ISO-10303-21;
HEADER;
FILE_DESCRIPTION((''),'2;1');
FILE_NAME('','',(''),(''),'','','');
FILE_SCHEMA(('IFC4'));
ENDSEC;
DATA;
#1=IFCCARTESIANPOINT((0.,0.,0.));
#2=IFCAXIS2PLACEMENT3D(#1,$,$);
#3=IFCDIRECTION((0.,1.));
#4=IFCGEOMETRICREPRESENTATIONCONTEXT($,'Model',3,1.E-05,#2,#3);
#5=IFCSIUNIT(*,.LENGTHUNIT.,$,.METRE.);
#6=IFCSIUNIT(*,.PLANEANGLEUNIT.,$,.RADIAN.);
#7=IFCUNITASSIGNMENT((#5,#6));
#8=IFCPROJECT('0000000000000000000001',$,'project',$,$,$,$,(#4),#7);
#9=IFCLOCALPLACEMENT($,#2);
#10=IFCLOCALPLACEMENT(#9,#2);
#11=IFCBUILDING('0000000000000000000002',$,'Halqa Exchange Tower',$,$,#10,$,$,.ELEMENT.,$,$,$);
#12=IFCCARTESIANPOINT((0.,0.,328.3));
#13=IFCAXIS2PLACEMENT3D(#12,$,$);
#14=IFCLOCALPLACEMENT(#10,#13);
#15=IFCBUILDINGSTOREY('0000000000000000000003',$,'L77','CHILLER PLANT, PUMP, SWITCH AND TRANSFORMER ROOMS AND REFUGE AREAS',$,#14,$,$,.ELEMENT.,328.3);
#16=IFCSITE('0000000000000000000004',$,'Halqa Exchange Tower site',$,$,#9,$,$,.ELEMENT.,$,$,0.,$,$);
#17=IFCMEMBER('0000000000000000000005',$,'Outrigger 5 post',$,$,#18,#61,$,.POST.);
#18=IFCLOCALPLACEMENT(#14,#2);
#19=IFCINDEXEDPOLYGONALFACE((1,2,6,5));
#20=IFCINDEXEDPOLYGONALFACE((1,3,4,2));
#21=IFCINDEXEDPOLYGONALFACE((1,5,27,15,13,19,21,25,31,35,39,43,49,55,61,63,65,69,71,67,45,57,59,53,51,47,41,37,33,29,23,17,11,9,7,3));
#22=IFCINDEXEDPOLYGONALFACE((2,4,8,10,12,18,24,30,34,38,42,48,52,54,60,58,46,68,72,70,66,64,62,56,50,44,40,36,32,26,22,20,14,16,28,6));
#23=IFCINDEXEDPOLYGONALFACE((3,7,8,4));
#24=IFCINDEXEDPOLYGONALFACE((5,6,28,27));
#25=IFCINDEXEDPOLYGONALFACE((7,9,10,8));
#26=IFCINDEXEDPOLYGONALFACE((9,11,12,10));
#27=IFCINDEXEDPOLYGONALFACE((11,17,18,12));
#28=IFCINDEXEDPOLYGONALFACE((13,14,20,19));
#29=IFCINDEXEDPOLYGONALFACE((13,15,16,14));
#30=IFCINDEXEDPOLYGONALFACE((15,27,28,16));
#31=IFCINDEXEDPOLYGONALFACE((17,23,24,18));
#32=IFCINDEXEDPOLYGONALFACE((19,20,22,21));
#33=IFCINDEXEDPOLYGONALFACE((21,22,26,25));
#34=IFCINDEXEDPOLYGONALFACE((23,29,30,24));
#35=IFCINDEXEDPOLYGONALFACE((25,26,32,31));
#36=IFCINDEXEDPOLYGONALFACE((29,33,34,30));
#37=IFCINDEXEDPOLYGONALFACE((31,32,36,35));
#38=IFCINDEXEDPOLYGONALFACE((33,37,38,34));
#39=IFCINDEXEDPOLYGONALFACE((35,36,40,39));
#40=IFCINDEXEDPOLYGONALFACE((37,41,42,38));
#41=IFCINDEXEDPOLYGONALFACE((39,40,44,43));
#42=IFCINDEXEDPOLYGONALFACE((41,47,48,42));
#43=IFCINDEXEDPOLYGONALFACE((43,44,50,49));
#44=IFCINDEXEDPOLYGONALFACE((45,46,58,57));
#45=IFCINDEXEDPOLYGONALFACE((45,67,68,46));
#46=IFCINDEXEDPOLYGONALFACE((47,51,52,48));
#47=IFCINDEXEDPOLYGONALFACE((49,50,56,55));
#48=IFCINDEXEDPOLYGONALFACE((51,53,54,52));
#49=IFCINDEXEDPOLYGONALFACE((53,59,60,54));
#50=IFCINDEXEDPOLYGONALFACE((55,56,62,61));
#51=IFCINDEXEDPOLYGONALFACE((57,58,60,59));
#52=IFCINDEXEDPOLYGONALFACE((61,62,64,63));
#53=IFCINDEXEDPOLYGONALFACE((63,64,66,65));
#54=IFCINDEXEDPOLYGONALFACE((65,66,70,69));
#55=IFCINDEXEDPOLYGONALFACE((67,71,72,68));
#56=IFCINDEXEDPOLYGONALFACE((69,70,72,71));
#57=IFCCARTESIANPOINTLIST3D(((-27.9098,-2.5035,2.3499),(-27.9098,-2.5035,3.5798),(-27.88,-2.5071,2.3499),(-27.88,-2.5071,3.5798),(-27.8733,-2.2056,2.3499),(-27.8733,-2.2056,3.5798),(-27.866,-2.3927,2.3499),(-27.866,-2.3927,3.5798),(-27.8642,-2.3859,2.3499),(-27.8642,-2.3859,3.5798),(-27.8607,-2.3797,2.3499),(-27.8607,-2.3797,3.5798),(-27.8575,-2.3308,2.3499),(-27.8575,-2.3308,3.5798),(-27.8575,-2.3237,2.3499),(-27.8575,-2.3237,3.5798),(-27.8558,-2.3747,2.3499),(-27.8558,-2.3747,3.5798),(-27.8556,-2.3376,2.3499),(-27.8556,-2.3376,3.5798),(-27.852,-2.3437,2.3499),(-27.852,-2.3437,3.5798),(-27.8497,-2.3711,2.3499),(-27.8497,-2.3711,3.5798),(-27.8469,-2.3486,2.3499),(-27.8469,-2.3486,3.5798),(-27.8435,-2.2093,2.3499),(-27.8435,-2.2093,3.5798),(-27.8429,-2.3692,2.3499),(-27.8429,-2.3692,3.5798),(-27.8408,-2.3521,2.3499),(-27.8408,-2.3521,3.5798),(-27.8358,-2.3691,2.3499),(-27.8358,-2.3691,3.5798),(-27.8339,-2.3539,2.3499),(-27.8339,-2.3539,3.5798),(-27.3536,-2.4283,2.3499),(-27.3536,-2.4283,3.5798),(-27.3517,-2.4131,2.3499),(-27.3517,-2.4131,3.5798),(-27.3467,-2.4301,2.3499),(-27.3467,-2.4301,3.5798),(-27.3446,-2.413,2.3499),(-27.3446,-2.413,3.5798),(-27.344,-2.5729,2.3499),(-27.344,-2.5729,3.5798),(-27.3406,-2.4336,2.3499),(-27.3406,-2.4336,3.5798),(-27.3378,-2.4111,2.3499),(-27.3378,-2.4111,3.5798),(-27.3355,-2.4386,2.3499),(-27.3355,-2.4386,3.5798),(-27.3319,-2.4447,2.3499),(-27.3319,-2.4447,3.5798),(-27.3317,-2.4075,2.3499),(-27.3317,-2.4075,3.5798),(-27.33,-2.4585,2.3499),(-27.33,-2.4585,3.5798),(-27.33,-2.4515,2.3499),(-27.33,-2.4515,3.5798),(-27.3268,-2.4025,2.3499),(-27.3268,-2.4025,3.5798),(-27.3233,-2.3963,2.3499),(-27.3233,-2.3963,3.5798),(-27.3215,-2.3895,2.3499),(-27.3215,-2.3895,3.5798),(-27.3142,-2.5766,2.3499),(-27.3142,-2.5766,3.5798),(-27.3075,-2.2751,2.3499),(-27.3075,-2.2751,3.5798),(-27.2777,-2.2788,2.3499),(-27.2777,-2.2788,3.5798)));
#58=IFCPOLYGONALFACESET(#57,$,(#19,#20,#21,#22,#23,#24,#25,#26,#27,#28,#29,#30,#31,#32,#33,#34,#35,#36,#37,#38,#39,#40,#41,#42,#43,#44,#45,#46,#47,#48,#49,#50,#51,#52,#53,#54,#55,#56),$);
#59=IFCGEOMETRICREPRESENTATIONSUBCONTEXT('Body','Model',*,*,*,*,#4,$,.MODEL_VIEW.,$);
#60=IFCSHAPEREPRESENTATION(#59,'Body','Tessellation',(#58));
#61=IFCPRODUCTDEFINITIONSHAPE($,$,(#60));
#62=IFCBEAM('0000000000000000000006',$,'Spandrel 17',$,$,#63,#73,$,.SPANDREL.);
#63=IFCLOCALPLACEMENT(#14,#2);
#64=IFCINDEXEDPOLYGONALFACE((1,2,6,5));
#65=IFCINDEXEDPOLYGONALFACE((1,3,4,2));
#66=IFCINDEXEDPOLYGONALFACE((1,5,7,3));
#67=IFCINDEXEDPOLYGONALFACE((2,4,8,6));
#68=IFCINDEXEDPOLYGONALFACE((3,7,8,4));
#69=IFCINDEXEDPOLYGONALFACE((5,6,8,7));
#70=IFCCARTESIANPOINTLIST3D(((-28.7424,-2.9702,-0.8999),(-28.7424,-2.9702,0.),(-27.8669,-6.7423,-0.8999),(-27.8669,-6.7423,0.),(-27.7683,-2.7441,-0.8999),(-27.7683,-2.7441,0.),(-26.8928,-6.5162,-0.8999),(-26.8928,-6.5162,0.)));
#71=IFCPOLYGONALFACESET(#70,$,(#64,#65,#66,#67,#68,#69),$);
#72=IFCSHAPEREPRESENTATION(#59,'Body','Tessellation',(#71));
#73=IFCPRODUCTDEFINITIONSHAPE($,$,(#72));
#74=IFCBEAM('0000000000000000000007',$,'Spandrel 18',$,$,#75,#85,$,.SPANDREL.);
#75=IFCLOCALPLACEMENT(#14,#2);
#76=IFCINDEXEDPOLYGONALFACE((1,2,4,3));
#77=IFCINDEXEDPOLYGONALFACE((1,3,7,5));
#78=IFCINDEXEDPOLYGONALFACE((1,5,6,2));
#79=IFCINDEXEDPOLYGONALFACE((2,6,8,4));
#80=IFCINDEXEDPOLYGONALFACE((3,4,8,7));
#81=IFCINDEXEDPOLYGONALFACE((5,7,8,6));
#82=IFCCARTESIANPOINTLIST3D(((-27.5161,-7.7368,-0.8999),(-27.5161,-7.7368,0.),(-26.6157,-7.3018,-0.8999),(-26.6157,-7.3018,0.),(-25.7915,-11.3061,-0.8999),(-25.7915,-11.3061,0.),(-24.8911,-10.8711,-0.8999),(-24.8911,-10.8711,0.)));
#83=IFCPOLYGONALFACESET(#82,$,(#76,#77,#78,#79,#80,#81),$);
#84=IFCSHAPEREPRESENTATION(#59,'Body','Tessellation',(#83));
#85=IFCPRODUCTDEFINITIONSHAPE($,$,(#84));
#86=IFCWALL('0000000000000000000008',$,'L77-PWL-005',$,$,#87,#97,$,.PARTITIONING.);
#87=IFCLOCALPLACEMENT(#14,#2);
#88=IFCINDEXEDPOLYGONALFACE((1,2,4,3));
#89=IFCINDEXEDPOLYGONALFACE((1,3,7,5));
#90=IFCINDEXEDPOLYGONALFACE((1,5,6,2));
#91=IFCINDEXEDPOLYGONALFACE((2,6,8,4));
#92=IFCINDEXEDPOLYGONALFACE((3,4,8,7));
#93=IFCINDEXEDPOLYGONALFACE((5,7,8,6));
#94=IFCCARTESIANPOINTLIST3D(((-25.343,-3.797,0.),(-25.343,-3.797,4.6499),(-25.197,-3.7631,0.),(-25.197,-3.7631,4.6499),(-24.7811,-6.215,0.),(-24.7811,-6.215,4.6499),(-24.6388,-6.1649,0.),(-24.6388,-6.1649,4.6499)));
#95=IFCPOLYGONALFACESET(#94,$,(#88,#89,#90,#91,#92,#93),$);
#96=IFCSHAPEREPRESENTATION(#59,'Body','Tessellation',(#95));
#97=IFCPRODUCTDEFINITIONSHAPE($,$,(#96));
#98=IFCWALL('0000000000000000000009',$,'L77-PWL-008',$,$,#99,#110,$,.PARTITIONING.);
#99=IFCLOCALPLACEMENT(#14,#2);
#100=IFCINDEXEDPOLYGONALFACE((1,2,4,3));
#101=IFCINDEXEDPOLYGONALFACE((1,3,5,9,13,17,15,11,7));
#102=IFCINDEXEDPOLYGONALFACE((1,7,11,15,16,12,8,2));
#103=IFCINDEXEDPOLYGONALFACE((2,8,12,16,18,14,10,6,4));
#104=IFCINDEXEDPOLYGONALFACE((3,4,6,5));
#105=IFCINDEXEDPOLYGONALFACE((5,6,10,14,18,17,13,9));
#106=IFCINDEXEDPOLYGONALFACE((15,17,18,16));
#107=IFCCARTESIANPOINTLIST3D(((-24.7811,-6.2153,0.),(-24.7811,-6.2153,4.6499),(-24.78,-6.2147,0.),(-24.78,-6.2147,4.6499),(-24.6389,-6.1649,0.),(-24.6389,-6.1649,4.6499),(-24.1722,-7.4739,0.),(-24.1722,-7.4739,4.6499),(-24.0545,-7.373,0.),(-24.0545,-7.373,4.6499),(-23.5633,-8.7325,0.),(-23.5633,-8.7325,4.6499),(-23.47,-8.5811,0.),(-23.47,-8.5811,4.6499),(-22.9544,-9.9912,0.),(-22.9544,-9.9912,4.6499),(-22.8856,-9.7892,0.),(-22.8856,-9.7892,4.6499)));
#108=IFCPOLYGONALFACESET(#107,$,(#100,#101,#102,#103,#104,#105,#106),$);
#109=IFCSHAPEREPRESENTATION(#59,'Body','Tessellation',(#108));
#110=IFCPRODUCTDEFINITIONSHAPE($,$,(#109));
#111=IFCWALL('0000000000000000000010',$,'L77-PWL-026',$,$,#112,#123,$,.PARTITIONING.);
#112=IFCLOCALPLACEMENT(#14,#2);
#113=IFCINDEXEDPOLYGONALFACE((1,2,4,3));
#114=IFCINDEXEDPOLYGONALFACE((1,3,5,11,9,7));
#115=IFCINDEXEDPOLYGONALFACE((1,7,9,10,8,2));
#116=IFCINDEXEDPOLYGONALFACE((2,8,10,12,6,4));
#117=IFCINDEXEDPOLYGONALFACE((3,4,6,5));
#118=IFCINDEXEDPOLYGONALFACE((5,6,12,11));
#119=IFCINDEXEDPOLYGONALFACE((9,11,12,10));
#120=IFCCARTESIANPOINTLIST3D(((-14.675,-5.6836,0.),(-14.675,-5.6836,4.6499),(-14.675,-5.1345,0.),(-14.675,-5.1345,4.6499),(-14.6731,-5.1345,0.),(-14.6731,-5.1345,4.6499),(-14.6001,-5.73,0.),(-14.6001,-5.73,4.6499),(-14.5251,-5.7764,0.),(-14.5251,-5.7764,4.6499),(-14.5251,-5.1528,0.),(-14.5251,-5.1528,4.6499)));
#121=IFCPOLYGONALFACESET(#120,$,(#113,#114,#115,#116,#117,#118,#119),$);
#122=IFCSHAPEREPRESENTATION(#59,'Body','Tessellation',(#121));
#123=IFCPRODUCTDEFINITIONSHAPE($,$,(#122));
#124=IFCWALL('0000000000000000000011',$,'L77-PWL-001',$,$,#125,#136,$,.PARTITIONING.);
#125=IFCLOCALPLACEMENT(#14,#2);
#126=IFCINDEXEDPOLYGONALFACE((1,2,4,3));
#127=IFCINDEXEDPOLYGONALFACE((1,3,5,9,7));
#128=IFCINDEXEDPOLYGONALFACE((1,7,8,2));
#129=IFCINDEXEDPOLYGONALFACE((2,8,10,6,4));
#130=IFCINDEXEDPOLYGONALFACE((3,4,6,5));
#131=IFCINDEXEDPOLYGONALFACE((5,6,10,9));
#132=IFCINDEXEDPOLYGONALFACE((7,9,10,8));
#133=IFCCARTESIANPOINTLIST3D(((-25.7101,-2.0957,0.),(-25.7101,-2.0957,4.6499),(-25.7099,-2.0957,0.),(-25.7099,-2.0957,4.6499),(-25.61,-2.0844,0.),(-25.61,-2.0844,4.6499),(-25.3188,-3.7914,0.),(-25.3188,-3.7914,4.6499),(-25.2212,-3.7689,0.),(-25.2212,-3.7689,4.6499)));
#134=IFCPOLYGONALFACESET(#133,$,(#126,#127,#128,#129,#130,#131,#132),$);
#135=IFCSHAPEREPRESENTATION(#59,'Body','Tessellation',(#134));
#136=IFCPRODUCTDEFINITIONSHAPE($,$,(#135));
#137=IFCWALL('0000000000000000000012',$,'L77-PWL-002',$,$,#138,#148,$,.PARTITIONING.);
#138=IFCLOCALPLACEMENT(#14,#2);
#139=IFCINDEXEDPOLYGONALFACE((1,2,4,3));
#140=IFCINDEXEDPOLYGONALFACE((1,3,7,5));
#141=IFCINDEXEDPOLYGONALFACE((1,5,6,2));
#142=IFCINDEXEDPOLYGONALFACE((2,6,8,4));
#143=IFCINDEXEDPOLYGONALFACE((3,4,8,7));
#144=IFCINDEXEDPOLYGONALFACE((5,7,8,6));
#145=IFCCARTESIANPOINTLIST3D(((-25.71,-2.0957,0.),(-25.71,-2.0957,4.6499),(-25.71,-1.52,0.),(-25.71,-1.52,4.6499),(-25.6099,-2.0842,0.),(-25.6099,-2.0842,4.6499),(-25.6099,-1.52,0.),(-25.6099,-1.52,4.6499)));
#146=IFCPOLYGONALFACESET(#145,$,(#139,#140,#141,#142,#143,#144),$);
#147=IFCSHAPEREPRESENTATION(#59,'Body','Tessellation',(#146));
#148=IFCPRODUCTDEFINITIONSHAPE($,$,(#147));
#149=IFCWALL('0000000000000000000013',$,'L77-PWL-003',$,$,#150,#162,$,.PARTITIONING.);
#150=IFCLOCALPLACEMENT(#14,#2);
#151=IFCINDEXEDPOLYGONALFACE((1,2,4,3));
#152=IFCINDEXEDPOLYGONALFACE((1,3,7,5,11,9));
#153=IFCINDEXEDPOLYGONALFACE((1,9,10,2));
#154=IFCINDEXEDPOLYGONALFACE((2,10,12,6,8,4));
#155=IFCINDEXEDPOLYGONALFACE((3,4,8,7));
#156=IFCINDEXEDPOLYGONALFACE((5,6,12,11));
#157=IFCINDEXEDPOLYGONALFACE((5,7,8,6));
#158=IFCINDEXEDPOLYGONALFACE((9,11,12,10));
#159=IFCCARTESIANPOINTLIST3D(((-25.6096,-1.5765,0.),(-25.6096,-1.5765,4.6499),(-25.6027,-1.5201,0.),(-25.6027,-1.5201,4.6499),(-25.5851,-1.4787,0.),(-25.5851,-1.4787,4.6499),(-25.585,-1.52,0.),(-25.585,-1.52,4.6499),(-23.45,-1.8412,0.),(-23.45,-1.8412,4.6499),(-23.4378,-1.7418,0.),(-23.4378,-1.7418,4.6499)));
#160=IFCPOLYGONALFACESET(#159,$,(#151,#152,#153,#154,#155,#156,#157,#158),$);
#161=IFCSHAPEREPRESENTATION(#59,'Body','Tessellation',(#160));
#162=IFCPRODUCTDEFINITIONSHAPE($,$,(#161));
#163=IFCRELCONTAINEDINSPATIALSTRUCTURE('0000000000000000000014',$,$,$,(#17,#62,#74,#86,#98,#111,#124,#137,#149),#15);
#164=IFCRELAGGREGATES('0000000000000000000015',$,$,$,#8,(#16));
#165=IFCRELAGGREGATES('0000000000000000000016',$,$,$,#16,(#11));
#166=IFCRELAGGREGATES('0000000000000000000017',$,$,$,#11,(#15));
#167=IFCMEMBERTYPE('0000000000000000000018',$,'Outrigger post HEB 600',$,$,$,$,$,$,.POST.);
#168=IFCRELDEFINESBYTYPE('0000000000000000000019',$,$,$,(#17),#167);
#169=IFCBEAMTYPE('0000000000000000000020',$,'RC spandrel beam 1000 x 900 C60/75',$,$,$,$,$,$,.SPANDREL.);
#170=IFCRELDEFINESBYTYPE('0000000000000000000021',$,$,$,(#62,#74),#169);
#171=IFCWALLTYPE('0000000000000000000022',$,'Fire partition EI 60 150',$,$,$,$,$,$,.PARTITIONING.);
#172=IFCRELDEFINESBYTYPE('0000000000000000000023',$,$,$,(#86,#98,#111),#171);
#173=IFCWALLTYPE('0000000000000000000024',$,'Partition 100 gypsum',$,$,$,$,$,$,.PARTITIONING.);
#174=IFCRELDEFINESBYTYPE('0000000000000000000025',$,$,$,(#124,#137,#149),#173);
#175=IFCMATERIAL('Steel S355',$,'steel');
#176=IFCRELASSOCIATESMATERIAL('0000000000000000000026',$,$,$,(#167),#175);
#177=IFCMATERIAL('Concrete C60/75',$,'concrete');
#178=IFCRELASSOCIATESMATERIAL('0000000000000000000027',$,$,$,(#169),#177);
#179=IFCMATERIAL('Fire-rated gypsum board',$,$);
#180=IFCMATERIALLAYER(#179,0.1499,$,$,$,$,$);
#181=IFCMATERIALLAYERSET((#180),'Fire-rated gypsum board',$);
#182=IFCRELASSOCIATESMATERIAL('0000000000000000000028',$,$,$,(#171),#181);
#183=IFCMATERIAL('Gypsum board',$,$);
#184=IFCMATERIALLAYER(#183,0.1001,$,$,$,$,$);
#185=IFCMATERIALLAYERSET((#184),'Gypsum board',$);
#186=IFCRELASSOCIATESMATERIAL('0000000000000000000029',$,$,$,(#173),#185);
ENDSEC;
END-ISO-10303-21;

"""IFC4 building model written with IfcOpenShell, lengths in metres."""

from ifc_helpers import new_model, si_unit, direction, frame, origin, origin_2d, place, context, subcontext, project, spatial, polyline, rectangle, i_section, outline, extrude, material, layer, layer_set, material_profile, profile_set, type_object, element, save


model = new_model("IFC4")

# Units and contexts
model_context = context("Model", 3, precision=1e-05, world=origin(), true_north=direction((0.0, 1.0)))
body_context = subcontext(model_context, "Body", "Model", "MODEL_VIEW")
ifc_project = project(units=[si_unit("LENGTHUNIT", "METRE"), si_unit("PLANEANGLEUNIT", "RADIAN")], contexts=[model_context])

# Site, building, storey
site_placement = place(None, origin())
site = spatial("IfcSite", under=ifc_project, at=site_placement, Name="Halqa Exchange Tower site", CompositionType="ELEMENT", RefElevation=0.0)
building_placement = place(site_placement, origin())
building = spatial("IfcBuilding", under=site, at=building_placement, Name="Halqa Exchange Tower", CompositionType="ELEMENT")
storey_placement = place(building_placement, frame((0.0, 0.0, 328.3)))
storey = spatial("IfcBuildingStorey", under=building, at=storey_placement, Name="L77", Description="CHILLER PLANT, PUMP, SWITCH AND TRANSFORMER ROOMS AND REFUGE AREAS", CompositionType="ELEMENT", Elevation=328.3)

# Member
ifc_material_1 = material(Name="Steel S355", Category="steel")
ifc_material_profile_1 = material_profile(ifc_material_1, i_section(OverallWidth=0.3, OverallDepth=0.6001, WebThickness=0.0154, FlangeThickness=0.03, FilletRadius=0.0271, at=origin_2d()), Name="HEB 600")
ifc_profile_set_1 = profile_set([ifc_material_profile_1], Name="Steel S355")
member_type_1 = type_object("IfcMemberType", Name="Outrigger post HEB 600", PredefinedType="POST", material=ifc_profile_set_1)
member_1_placement = place(storey_placement, frame((-27.5938, -2.3911, 2.3499), z_axis=(0.0, 0.0, 1.0), x_axis=(-0.121852, -0.992548, 0.0)))
element("IfcMember", 1, at=member_1_placement, inside=storey, type_object=member_type_1, Name="Outrigger 5 post", PredefinedType="POST", context=body_context, shape_type="SweptSolid", body=[
    extrude(i_section(OverallWidth=0.3, OverallDepth=0.6001, WebThickness=0.0154, FlangeThickness=0.03, FilletRadius=0.0271, at=origin_2d()), origin(), (0.0, 0.0, 1.0), 1.23),
])

# Beams
ifc_material_2 = material(Name="Concrete C60/75", Category="concrete")
ifc_material_profile_2 = material_profile(ifc_material_2, rectangle(XDim=1.0, YDim=0.8999, at=origin_2d()), Name="1000 x 900")
ifc_profile_set_2 = profile_set([ifc_material_profile_2], Name="Concrete C60/75")
beam_type = type_object("IfcBeamType", Name="RC spandrel beam 1000 x 900 C60/75", PredefinedType="SPANDREL", material=ifc_profile_set_2)
beam_1_placement = place(storey_placement, frame((-28.2554, -2.8572, -0.45), z_axis=(0.226093, -0.974106, 0.0), x_axis=(0.974106, 0.226093, 0.0)))
element("IfcBeam", 2, at=beam_1_placement, inside=storey, type_object=beam_type, Name="Spandrel 17", PredefinedType="SPANDREL", context=body_context, shape_type="SweptSolid", body=[
    extrude(rectangle(XDim=1.0, YDim=0.8999, at=origin_2d()), origin(), (0.0, 0.0, 1.0), 3.8723),
])
beam_2_placement = place(storey_placement, frame((-27.0659, -7.5193, -0.45), z_axis=(0.435052, -0.900405, 0.0), x_axis=(0.900405, 0.435052, 0.0)))
element("IfcBeam", 3, at=beam_2_placement, inside=storey, type_object=beam_type, Name="Spandrel 18", PredefinedType="SPANDREL", context=body_context, shape_type="SweptSolid", body=[
    extrude(rectangle(XDim=1.0, YDim=0.8999, at=origin_2d()), origin(), (0.0, 0.0, 1.0), 3.9641),
])

# Walls
ifc_material_3 = material(Name="Fire-rated gypsum board")
ifc_layer_1 = layer(ifc_material_3, 0.1499)
ifc_layer_set_1 = layer_set([ifc_layer_1], Name="Fire-rated gypsum board")
wall_type_1 = type_object("IfcWallType", Name="Fire partition EI 60 150", PredefinedType="PARTITIONING", material=ifc_layer_set_1)
wall_1_placement = place(storey_placement, frame((-25.27, -3.78, 0.0), z_axis=(0.0, 0.0, 1.0), x_axis=(0.226375, -0.97404, 0.0)))
element("IfcWall", 4, at=wall_1_placement, inside=storey, type_object=wall_type_1, Name="L77-PWL-005", PredefinedType="PARTITIONING", context=body_context, shape_type="SweptSolid", body=[
    extrude(outline(polyline([(0.0, -0.075), (2.4824, -0.075), (2.4658, 0.075), (0.0, 0.075), (0.0, -0.075)])), origin(), (0.0, 0.0, 1.0), 4.6499),
])
wall_2_placement = place(storey_placement, frame((-24.7136, -6.1826, 0.0), z_axis=(0.0, 0.0, 1.0), x_axis=(0.435488, -0.900195, 0.0)))
element("IfcWall", 5, at=wall_2_placement, inside=storey, type_object=wall_type_1, Name="L77-PWL-008", PredefinedType="PARTITIONING", context=body_context, shape_type="SweptSolid", body=[
    extrude(outline(polyline([(0.0, -0.075), (1.3982, -0.075), (2.7964, -0.075), (4.1946, -0.075), (4.0427, 0.075), (2.7007, 0.075), (1.3586, 0.075), (0.0166, 0.075), (0.0, -0.0737), (0.0, -0.075)])), origin(), (0.0, 0.0, 1.0), 4.6499),
])

# Walls
wall_3_placement = place(storey_placement, frame((-14.6001, -5.7764, 0.0), z_axis=(0.0, 0.0, 1.0), x_axis=(0.0, 1.0, 0.0)))
element("IfcWall", 6, at=wall_3_placement, inside=storey, type_object=wall_type_1, Name="L77-PWL-026", PredefinedType="PARTITIONING", context=body_context, shape_type="SweptSolid", body=[
    extrude(outline(polyline([(0.0, -0.075), (0.6235, -0.075), (0.6418, 0.073), (0.6418, 0.075), (0.0928, 0.075), (0.0928, 0.075), (0.0928, 0.075), (0.0464, 0.0), (0.0, -0.075)])), origin(), (0.0, 0.0, 1.0), 4.6499),
])
ifc_material_4 = material(Name="Gypsum board")
ifc_layer_2 = layer(ifc_material_4, 0.1001)
ifc_layer_set_2 = layer_set([ifc_layer_2], Name="Gypsum board")
wall_type_2 = type_object("IfcWallType", Name="Partition 100 gypsum", PredefinedType="PARTITIONING", material=ifc_layer_set_2)
wall_4_placement = place(storey_placement, frame((-25.6614, -2.0845, 0.0), z_axis=(0.0, 0.0, 1.0), x_axis=(0.2249, -0.974382, 0.0)))
element("IfcWall", 7, at=wall_4_placement, inside=storey, type_object=wall_type_2, Name="L77-PWL-001", PredefinedType="PARTITIONING", context=body_context, shape_type="SweptSolid", body=[
    extrude(outline(polyline([(1.7402, 0.05), (0.0115, 0.05), (0.0, -0.0498), (0.0, -0.05), (1.7402, -0.05), (1.7402, 0.05)])), origin(), (0.0, 0.0, 1.0), 4.6499),
])
wall_5_placement = place(storey_placement, frame((-25.6599, -1.52, 0.0), z_axis=(0.0, 0.0, 1.0), x_axis=(0.0, -1.0, 0.0)))
element("IfcWall", 8, at=wall_5_placement, inside=storey, type_object=wall_type_2, Name="L77-PWL-002", PredefinedType="PARTITIONING", context=body_context, shape_type="SweptSolid", body=[
    extrude(outline(polyline([(0.0, -0.05), (0.5757, -0.05), (0.5642, 0.05), (0.0, 0.05), (0.0, -0.05)])), origin(), (0.0, 0.0, 1.0), 4.6499),
])
wall_6_placement = place(storey_placement, frame((-25.6035, -1.5269, 0.0), z_axis=(0.0, 0.0, 1.0), x_axis=(0.992575, -0.121631, 0.0)))
element("IfcWall", 9, at=wall_6_placement, inside=storey, type_object=wall_type_2, Name="L77-PWL-003", PredefinedType="PARTITIONING", context=body_context, shape_type="SweptSolid", body=[
    extrude(outline(polyline([(2.1758, 0.05), (0.0125, 0.05), (0.0176, 0.009), (0.0, 0.0068), (0.0, -0.05), (2.1758, -0.05), (2.1758, 0.05)])), origin(), (0.0, 0.0, 1.0), 4.6499),
])

save(model, "model.ifc")
